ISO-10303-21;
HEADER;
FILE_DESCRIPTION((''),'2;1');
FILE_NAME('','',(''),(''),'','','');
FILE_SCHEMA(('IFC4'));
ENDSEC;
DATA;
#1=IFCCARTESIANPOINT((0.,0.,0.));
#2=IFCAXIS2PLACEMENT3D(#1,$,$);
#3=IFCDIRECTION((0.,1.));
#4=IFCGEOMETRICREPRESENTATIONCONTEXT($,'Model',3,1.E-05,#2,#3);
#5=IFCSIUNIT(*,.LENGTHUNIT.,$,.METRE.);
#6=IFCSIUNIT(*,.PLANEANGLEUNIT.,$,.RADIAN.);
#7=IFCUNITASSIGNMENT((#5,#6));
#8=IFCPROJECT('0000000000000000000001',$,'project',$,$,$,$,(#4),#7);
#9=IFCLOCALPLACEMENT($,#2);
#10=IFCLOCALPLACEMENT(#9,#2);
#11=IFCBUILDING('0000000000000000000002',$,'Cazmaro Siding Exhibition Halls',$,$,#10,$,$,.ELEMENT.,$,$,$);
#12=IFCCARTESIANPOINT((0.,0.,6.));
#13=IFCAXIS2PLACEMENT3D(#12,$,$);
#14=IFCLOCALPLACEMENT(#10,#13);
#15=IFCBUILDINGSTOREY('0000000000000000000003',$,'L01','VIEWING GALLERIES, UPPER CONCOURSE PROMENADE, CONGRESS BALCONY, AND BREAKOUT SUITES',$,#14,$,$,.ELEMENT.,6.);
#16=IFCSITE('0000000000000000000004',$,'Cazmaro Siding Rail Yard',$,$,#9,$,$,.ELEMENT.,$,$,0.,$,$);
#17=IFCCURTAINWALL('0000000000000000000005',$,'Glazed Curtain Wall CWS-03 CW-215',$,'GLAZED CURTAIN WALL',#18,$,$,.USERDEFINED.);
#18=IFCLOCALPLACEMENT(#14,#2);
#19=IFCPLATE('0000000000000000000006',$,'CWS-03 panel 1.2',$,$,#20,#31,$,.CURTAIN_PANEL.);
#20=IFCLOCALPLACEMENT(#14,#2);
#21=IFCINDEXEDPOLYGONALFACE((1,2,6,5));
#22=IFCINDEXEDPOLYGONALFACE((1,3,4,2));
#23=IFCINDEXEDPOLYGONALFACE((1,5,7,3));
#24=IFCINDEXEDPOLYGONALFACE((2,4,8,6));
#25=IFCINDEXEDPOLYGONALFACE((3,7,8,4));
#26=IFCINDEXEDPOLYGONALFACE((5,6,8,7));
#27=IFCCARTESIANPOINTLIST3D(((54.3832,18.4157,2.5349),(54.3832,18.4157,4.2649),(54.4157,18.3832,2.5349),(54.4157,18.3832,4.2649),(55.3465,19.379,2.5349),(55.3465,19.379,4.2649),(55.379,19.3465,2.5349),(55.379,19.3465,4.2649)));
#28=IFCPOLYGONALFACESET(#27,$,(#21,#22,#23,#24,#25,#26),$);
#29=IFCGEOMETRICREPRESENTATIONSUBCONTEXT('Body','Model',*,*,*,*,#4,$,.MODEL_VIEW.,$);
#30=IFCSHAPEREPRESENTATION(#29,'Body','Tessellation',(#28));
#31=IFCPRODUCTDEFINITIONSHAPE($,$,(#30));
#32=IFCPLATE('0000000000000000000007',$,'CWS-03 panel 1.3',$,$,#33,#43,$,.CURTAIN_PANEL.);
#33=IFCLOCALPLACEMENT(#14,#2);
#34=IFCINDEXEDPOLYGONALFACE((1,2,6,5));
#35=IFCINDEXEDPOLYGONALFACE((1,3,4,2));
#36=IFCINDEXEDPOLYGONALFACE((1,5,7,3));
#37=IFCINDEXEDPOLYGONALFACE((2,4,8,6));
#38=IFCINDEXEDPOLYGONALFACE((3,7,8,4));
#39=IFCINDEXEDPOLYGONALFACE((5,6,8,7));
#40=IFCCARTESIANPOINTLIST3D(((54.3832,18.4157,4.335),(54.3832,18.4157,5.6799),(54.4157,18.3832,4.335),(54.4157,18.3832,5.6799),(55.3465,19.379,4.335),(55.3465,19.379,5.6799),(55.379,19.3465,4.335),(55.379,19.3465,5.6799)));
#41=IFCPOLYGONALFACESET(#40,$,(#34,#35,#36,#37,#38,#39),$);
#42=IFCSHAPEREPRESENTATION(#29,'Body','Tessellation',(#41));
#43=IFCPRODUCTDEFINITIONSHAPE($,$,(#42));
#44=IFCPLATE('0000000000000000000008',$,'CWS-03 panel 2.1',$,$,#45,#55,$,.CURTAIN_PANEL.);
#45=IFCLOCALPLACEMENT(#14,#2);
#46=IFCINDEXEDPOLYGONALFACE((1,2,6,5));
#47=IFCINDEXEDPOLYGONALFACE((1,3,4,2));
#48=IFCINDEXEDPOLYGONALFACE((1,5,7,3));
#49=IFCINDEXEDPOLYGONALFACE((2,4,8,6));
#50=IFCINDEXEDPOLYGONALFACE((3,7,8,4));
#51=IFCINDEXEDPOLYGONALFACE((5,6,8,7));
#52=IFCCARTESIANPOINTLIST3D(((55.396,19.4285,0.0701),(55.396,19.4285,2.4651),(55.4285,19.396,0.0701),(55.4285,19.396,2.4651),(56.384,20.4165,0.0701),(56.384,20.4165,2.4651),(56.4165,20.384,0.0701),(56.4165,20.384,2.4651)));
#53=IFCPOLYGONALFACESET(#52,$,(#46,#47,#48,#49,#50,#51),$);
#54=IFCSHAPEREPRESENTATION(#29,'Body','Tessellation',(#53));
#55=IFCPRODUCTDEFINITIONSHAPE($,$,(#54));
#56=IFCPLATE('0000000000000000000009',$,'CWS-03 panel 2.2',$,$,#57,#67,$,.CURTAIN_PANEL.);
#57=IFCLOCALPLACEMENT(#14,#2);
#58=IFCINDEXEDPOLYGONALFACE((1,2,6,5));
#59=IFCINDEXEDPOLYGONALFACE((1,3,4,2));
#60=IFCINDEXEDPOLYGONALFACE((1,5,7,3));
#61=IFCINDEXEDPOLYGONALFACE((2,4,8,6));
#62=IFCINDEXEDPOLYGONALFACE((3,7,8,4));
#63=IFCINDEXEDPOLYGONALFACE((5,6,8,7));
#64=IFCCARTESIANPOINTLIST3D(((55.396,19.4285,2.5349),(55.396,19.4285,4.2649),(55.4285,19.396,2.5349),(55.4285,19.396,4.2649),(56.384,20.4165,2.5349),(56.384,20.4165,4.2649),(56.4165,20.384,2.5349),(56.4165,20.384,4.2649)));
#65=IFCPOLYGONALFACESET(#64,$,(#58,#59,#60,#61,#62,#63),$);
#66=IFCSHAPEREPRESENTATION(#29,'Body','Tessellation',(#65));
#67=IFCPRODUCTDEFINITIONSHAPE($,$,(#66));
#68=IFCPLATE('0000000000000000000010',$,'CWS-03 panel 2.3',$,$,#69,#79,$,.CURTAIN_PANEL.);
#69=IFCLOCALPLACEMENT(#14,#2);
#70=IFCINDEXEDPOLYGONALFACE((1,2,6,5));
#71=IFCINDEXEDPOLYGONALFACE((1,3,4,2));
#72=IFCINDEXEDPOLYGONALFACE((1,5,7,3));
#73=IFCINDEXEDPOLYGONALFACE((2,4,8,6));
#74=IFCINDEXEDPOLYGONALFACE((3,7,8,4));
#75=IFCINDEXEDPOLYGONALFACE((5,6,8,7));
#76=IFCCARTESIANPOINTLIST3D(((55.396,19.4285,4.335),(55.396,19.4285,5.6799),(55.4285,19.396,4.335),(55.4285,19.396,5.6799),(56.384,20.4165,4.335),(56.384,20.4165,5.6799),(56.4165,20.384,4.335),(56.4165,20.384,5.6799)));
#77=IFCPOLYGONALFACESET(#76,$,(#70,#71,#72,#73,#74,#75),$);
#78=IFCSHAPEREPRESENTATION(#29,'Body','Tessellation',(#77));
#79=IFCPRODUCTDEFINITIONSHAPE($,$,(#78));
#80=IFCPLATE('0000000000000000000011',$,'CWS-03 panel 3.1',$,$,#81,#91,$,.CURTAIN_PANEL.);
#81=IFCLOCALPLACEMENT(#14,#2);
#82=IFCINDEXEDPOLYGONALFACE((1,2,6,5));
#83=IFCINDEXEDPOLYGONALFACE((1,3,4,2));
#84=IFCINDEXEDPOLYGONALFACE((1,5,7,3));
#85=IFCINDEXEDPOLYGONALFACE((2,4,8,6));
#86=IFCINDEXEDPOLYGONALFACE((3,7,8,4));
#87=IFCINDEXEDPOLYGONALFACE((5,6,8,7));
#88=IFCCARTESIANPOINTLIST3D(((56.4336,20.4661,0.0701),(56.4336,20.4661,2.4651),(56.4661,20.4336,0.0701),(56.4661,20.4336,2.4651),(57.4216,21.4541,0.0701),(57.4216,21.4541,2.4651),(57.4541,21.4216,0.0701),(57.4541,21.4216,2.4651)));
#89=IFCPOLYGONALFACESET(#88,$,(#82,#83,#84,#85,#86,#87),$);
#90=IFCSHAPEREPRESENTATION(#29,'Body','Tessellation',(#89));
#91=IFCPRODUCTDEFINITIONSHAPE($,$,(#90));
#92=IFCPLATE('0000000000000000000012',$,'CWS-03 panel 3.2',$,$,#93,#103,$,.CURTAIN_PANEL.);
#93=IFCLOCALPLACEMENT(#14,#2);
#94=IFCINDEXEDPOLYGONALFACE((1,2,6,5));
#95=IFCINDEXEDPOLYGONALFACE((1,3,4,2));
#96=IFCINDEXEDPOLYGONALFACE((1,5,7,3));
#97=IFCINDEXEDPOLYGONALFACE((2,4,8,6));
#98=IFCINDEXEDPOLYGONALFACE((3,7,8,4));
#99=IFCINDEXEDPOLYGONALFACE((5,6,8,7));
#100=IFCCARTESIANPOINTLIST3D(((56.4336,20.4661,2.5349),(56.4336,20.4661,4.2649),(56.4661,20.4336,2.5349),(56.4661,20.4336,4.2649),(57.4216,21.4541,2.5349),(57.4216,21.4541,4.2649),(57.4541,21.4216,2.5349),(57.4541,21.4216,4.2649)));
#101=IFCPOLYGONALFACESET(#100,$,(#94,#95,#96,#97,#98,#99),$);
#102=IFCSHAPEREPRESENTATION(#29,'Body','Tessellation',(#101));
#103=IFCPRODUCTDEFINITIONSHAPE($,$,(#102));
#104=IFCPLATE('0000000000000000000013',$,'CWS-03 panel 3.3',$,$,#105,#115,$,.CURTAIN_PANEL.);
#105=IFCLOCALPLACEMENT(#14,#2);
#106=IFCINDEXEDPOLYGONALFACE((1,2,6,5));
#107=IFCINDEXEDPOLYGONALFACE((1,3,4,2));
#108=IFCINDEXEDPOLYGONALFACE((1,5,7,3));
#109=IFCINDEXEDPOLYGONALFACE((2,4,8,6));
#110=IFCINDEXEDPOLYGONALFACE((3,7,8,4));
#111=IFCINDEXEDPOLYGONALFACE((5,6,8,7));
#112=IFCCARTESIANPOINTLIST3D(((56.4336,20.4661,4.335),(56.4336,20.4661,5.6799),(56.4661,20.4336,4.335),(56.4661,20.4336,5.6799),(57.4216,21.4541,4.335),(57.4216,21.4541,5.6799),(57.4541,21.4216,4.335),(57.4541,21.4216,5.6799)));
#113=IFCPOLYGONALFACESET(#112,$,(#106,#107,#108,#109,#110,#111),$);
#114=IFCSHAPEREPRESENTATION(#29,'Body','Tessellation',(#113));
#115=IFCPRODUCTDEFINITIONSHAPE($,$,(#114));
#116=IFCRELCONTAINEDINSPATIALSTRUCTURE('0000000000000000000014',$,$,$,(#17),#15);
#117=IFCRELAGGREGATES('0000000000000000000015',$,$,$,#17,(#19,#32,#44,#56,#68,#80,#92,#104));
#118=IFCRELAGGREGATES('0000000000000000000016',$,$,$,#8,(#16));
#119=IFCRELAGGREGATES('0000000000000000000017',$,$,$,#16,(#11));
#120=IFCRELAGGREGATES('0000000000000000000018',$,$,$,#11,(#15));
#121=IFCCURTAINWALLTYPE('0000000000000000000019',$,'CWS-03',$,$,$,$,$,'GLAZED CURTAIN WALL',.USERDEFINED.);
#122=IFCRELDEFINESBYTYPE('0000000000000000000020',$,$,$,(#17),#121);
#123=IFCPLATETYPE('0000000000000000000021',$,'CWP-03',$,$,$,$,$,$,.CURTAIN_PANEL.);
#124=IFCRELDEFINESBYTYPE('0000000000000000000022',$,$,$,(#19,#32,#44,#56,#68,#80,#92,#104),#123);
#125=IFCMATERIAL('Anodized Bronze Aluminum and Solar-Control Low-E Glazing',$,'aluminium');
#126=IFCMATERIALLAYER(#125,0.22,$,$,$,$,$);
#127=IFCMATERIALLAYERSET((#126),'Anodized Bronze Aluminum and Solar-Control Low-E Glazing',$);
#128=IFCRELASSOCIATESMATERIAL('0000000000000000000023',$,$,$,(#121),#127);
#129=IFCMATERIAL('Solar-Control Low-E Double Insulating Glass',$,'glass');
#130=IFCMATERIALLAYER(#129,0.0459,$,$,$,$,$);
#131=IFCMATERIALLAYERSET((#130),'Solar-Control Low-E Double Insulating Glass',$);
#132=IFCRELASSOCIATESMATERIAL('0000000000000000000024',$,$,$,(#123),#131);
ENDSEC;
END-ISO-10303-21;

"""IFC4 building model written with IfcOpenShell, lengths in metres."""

from ifc_helpers import new_model, si_unit, direction, frame, origin, origin_2d, place, context, subcontext, project, spatial, rectangle, extrude, material, layer, layer_set, type_object, element, aggregate, save


model = new_model("IFC4")

# Units and contexts
model_context = context("Model", 3, precision=1e-05, world=origin(), true_north=direction((0.0, 1.0)))
body_context = subcontext(model_context, "Body", "Model", "MODEL_VIEW")
ifc_project = project(units=[si_unit("LENGTHUNIT", "METRE"), si_unit("PLANEANGLEUNIT", "RADIAN")], contexts=[model_context])

# Site, building, storey
site_placement = place(None, origin())
site = spatial("IfcSite", under=ifc_project, at=site_placement, Name="Cazmaro Siding Rail Yard", CompositionType="ELEMENT", RefElevation=0.0)
building_placement = place(site_placement, origin())
building = spatial("IfcBuilding", under=site, at=building_placement, Name="Cazmaro Siding Exhibition Halls", CompositionType="ELEMENT")
storey_placement = place(building_placement, frame((0.0, 0.0, 6.0)))
storey = spatial("IfcBuildingStorey", under=building, at=storey_placement, Name="L01", Description="VIEWING GALLERIES, UPPER CONCOURSE PROMENADE, CONGRESS BALCONY, AND BREAKOUT SUITES", CompositionType="ELEMENT", Elevation=6.0)

# Curtain wall, plates
ifc_material_1 = material(Name="Anodized Bronze Aluminum and Solar-Control Low-E Glazing", Category="aluminium")
ifc_layer_1 = layer(ifc_material_1, 0.22)
ifc_layer_set_1 = layer_set([ifc_layer_1], Name="Anodized Bronze Aluminum and Solar-Control Low-E Glazing")
curtain_wall_type = type_object("IfcCurtainWallType", Name="CWS-03", ElementType="GLAZED CURTAIN WALL", PredefinedType="USERDEFINED", material=ifc_layer_set_1)
curtain_wall_placement = place(storey_placement, origin())
curtain_wall = element("IfcCurtainWall", 1, at=curtain_wall_placement, inside=storey, type_object=curtain_wall_type, Name="Glazed Curtain Wall CWS-03 CW-215", ObjectType="GLAZED CURTAIN WALL", PredefinedType="USERDEFINED")
ifc_material_2 = material(Name="Solar-Control Low-E Double Insulating Glass", Category="glass")
ifc_layer_2 = layer(ifc_material_2, 0.0459)
ifc_layer_set_2 = layer_set([ifc_layer_2], Name="Solar-Control Low-E Double Insulating Glass")
plate_type = type_object("IfcPlateType", Name="CWP-03", PredefinedType="CURTAIN_PANEL", material=ifc_layer_set_2)
plate_1_placement = place(storey_placement, frame((54.8811, 18.8811, 2.5349), z_axis=(0.0, 0.0, 1.0), x_axis=(0.707107, 0.707107, 0.0)))
plate_1 = element("IfcPlate", 2, at=plate_1_placement, type_object=plate_type, Name="CWS-03 panel 1.2", PredefinedType="CURTAIN_PANEL", context=body_context, shape_type="SweptSolid", body=[
    extrude(rectangle(XDim=1.3623, YDim=0.0459, at=origin_2d()), origin(), (0.0, 0.0, 1.0), 1.73),
])
plate_2_placement = place(storey_placement, frame((54.8811, 18.8811, 4.335), z_axis=(0.0, 0.0, 1.0), x_axis=(0.707107, 0.707107, 0.0)))
plate_2 = element("IfcPlate", 3, at=plate_2_placement, type_object=plate_type, Name="CWS-03 panel 1.3", PredefinedType="CURTAIN_PANEL", context=body_context, shape_type="SweptSolid", body=[
    extrude(rectangle(XDim=1.3623, YDim=0.0459, at=origin_2d()), origin(), (0.0, 0.0, 1.0), 1.345),
])
plate_3_placement = place(storey_placement, frame((55.9062, 19.9062, 0.0701), z_axis=(0.0, 0.0, 1.0), x_axis=(0.707107, 0.707107, 0.0)))
plate_3 = element("IfcPlate", 4, at=plate_3_placement, type_object=plate_type, Name="CWS-03 panel 2.1", PredefinedType="CURTAIN_PANEL", context=body_context, shape_type="SweptSolid", body=[
    extrude(rectangle(XDim=1.3972, YDim=0.0459, at=origin_2d()), origin(), (0.0, 0.0, 1.0), 2.395),
])
plate_4_placement = place(storey_placement, frame((55.9062, 19.9062, 2.5349), z_axis=(0.0, 0.0, 1.0), x_axis=(0.707107, 0.707107, 0.0)))
plate_4 = element("IfcPlate", 5, at=plate_4_placement, type_object=plate_type, Name="CWS-03 panel 2.2", PredefinedType="CURTAIN_PANEL", context=body_context, shape_type="SweptSolid", body=[
    extrude(rectangle(XDim=1.3972, YDim=0.0459, at=origin_2d()), origin(), (0.0, 0.0, 1.0), 1.73),
])
plate_5_placement = place(storey_placement, frame((55.9062, 19.9062, 4.335), z_axis=(0.0, 0.0, 1.0), x_axis=(0.707107, 0.707107, 0.0)))
plate_5 = element("IfcPlate", 6, at=plate_5_placement, type_object=plate_type, Name="CWS-03 panel 2.3", PredefinedType="CURTAIN_PANEL", context=body_context, shape_type="SweptSolid", body=[
    extrude(rectangle(XDim=1.3972, YDim=0.0459, at=origin_2d()), origin(), (0.0, 0.0, 1.0), 1.345),
])
plate_6_placement = place(storey_placement, frame((56.9438, 20.9438, 0.0701), z_axis=(0.0, 0.0, 1.0), x_axis=(0.707107, 0.707107, 0.0)))
plate_6 = element("IfcPlate", 7, at=plate_6_placement, type_object=plate_type, Name="CWS-03 panel 3.1", PredefinedType="CURTAIN_PANEL", context=body_context, shape_type="SweptSolid", body=[
    extrude(rectangle(XDim=1.3972, YDim=0.0459, at=origin_2d()), origin(), (0.0, 0.0, 1.0), 2.395),
])
plate_7_placement = place(storey_placement, frame((56.9438, 20.9438, 2.5349), z_axis=(0.0, 0.0, 1.0), x_axis=(0.707107, 0.707107, 0.0)))
plate_7 = element("IfcPlate", 8, at=plate_7_placement, type_object=plate_type, Name="CWS-03 panel 3.2", PredefinedType="CURTAIN_PANEL", context=body_context, shape_type="SweptSolid", body=[
    extrude(rectangle(XDim=1.3972, YDim=0.0459, at=origin_2d()), origin(), (0.0, 0.0, 1.0), 1.73),
])
plate_8_placement = place(storey_placement, frame((56.9438, 20.9438, 4.335), z_axis=(0.0, 0.0, 1.0), x_axis=(0.707107, 0.707107, 0.0)))
plate_8 = element("IfcPlate", 9, at=plate_8_placement, type_object=plate_type, Name="CWS-03 panel 3.3", PredefinedType="CURTAIN_PANEL", context=body_context, shape_type="SweptSolid", body=[
    extrude(rectangle(XDim=1.3972, YDim=0.0459, at=origin_2d()), origin(), (0.0, 0.0, 1.0), 1.345),
])
aggregate(curtain_wall, [plate_1, plate_2, plate_3, plate_4, plate_5, plate_6, plate_7, plate_8])

save(model, "model.ifc")
